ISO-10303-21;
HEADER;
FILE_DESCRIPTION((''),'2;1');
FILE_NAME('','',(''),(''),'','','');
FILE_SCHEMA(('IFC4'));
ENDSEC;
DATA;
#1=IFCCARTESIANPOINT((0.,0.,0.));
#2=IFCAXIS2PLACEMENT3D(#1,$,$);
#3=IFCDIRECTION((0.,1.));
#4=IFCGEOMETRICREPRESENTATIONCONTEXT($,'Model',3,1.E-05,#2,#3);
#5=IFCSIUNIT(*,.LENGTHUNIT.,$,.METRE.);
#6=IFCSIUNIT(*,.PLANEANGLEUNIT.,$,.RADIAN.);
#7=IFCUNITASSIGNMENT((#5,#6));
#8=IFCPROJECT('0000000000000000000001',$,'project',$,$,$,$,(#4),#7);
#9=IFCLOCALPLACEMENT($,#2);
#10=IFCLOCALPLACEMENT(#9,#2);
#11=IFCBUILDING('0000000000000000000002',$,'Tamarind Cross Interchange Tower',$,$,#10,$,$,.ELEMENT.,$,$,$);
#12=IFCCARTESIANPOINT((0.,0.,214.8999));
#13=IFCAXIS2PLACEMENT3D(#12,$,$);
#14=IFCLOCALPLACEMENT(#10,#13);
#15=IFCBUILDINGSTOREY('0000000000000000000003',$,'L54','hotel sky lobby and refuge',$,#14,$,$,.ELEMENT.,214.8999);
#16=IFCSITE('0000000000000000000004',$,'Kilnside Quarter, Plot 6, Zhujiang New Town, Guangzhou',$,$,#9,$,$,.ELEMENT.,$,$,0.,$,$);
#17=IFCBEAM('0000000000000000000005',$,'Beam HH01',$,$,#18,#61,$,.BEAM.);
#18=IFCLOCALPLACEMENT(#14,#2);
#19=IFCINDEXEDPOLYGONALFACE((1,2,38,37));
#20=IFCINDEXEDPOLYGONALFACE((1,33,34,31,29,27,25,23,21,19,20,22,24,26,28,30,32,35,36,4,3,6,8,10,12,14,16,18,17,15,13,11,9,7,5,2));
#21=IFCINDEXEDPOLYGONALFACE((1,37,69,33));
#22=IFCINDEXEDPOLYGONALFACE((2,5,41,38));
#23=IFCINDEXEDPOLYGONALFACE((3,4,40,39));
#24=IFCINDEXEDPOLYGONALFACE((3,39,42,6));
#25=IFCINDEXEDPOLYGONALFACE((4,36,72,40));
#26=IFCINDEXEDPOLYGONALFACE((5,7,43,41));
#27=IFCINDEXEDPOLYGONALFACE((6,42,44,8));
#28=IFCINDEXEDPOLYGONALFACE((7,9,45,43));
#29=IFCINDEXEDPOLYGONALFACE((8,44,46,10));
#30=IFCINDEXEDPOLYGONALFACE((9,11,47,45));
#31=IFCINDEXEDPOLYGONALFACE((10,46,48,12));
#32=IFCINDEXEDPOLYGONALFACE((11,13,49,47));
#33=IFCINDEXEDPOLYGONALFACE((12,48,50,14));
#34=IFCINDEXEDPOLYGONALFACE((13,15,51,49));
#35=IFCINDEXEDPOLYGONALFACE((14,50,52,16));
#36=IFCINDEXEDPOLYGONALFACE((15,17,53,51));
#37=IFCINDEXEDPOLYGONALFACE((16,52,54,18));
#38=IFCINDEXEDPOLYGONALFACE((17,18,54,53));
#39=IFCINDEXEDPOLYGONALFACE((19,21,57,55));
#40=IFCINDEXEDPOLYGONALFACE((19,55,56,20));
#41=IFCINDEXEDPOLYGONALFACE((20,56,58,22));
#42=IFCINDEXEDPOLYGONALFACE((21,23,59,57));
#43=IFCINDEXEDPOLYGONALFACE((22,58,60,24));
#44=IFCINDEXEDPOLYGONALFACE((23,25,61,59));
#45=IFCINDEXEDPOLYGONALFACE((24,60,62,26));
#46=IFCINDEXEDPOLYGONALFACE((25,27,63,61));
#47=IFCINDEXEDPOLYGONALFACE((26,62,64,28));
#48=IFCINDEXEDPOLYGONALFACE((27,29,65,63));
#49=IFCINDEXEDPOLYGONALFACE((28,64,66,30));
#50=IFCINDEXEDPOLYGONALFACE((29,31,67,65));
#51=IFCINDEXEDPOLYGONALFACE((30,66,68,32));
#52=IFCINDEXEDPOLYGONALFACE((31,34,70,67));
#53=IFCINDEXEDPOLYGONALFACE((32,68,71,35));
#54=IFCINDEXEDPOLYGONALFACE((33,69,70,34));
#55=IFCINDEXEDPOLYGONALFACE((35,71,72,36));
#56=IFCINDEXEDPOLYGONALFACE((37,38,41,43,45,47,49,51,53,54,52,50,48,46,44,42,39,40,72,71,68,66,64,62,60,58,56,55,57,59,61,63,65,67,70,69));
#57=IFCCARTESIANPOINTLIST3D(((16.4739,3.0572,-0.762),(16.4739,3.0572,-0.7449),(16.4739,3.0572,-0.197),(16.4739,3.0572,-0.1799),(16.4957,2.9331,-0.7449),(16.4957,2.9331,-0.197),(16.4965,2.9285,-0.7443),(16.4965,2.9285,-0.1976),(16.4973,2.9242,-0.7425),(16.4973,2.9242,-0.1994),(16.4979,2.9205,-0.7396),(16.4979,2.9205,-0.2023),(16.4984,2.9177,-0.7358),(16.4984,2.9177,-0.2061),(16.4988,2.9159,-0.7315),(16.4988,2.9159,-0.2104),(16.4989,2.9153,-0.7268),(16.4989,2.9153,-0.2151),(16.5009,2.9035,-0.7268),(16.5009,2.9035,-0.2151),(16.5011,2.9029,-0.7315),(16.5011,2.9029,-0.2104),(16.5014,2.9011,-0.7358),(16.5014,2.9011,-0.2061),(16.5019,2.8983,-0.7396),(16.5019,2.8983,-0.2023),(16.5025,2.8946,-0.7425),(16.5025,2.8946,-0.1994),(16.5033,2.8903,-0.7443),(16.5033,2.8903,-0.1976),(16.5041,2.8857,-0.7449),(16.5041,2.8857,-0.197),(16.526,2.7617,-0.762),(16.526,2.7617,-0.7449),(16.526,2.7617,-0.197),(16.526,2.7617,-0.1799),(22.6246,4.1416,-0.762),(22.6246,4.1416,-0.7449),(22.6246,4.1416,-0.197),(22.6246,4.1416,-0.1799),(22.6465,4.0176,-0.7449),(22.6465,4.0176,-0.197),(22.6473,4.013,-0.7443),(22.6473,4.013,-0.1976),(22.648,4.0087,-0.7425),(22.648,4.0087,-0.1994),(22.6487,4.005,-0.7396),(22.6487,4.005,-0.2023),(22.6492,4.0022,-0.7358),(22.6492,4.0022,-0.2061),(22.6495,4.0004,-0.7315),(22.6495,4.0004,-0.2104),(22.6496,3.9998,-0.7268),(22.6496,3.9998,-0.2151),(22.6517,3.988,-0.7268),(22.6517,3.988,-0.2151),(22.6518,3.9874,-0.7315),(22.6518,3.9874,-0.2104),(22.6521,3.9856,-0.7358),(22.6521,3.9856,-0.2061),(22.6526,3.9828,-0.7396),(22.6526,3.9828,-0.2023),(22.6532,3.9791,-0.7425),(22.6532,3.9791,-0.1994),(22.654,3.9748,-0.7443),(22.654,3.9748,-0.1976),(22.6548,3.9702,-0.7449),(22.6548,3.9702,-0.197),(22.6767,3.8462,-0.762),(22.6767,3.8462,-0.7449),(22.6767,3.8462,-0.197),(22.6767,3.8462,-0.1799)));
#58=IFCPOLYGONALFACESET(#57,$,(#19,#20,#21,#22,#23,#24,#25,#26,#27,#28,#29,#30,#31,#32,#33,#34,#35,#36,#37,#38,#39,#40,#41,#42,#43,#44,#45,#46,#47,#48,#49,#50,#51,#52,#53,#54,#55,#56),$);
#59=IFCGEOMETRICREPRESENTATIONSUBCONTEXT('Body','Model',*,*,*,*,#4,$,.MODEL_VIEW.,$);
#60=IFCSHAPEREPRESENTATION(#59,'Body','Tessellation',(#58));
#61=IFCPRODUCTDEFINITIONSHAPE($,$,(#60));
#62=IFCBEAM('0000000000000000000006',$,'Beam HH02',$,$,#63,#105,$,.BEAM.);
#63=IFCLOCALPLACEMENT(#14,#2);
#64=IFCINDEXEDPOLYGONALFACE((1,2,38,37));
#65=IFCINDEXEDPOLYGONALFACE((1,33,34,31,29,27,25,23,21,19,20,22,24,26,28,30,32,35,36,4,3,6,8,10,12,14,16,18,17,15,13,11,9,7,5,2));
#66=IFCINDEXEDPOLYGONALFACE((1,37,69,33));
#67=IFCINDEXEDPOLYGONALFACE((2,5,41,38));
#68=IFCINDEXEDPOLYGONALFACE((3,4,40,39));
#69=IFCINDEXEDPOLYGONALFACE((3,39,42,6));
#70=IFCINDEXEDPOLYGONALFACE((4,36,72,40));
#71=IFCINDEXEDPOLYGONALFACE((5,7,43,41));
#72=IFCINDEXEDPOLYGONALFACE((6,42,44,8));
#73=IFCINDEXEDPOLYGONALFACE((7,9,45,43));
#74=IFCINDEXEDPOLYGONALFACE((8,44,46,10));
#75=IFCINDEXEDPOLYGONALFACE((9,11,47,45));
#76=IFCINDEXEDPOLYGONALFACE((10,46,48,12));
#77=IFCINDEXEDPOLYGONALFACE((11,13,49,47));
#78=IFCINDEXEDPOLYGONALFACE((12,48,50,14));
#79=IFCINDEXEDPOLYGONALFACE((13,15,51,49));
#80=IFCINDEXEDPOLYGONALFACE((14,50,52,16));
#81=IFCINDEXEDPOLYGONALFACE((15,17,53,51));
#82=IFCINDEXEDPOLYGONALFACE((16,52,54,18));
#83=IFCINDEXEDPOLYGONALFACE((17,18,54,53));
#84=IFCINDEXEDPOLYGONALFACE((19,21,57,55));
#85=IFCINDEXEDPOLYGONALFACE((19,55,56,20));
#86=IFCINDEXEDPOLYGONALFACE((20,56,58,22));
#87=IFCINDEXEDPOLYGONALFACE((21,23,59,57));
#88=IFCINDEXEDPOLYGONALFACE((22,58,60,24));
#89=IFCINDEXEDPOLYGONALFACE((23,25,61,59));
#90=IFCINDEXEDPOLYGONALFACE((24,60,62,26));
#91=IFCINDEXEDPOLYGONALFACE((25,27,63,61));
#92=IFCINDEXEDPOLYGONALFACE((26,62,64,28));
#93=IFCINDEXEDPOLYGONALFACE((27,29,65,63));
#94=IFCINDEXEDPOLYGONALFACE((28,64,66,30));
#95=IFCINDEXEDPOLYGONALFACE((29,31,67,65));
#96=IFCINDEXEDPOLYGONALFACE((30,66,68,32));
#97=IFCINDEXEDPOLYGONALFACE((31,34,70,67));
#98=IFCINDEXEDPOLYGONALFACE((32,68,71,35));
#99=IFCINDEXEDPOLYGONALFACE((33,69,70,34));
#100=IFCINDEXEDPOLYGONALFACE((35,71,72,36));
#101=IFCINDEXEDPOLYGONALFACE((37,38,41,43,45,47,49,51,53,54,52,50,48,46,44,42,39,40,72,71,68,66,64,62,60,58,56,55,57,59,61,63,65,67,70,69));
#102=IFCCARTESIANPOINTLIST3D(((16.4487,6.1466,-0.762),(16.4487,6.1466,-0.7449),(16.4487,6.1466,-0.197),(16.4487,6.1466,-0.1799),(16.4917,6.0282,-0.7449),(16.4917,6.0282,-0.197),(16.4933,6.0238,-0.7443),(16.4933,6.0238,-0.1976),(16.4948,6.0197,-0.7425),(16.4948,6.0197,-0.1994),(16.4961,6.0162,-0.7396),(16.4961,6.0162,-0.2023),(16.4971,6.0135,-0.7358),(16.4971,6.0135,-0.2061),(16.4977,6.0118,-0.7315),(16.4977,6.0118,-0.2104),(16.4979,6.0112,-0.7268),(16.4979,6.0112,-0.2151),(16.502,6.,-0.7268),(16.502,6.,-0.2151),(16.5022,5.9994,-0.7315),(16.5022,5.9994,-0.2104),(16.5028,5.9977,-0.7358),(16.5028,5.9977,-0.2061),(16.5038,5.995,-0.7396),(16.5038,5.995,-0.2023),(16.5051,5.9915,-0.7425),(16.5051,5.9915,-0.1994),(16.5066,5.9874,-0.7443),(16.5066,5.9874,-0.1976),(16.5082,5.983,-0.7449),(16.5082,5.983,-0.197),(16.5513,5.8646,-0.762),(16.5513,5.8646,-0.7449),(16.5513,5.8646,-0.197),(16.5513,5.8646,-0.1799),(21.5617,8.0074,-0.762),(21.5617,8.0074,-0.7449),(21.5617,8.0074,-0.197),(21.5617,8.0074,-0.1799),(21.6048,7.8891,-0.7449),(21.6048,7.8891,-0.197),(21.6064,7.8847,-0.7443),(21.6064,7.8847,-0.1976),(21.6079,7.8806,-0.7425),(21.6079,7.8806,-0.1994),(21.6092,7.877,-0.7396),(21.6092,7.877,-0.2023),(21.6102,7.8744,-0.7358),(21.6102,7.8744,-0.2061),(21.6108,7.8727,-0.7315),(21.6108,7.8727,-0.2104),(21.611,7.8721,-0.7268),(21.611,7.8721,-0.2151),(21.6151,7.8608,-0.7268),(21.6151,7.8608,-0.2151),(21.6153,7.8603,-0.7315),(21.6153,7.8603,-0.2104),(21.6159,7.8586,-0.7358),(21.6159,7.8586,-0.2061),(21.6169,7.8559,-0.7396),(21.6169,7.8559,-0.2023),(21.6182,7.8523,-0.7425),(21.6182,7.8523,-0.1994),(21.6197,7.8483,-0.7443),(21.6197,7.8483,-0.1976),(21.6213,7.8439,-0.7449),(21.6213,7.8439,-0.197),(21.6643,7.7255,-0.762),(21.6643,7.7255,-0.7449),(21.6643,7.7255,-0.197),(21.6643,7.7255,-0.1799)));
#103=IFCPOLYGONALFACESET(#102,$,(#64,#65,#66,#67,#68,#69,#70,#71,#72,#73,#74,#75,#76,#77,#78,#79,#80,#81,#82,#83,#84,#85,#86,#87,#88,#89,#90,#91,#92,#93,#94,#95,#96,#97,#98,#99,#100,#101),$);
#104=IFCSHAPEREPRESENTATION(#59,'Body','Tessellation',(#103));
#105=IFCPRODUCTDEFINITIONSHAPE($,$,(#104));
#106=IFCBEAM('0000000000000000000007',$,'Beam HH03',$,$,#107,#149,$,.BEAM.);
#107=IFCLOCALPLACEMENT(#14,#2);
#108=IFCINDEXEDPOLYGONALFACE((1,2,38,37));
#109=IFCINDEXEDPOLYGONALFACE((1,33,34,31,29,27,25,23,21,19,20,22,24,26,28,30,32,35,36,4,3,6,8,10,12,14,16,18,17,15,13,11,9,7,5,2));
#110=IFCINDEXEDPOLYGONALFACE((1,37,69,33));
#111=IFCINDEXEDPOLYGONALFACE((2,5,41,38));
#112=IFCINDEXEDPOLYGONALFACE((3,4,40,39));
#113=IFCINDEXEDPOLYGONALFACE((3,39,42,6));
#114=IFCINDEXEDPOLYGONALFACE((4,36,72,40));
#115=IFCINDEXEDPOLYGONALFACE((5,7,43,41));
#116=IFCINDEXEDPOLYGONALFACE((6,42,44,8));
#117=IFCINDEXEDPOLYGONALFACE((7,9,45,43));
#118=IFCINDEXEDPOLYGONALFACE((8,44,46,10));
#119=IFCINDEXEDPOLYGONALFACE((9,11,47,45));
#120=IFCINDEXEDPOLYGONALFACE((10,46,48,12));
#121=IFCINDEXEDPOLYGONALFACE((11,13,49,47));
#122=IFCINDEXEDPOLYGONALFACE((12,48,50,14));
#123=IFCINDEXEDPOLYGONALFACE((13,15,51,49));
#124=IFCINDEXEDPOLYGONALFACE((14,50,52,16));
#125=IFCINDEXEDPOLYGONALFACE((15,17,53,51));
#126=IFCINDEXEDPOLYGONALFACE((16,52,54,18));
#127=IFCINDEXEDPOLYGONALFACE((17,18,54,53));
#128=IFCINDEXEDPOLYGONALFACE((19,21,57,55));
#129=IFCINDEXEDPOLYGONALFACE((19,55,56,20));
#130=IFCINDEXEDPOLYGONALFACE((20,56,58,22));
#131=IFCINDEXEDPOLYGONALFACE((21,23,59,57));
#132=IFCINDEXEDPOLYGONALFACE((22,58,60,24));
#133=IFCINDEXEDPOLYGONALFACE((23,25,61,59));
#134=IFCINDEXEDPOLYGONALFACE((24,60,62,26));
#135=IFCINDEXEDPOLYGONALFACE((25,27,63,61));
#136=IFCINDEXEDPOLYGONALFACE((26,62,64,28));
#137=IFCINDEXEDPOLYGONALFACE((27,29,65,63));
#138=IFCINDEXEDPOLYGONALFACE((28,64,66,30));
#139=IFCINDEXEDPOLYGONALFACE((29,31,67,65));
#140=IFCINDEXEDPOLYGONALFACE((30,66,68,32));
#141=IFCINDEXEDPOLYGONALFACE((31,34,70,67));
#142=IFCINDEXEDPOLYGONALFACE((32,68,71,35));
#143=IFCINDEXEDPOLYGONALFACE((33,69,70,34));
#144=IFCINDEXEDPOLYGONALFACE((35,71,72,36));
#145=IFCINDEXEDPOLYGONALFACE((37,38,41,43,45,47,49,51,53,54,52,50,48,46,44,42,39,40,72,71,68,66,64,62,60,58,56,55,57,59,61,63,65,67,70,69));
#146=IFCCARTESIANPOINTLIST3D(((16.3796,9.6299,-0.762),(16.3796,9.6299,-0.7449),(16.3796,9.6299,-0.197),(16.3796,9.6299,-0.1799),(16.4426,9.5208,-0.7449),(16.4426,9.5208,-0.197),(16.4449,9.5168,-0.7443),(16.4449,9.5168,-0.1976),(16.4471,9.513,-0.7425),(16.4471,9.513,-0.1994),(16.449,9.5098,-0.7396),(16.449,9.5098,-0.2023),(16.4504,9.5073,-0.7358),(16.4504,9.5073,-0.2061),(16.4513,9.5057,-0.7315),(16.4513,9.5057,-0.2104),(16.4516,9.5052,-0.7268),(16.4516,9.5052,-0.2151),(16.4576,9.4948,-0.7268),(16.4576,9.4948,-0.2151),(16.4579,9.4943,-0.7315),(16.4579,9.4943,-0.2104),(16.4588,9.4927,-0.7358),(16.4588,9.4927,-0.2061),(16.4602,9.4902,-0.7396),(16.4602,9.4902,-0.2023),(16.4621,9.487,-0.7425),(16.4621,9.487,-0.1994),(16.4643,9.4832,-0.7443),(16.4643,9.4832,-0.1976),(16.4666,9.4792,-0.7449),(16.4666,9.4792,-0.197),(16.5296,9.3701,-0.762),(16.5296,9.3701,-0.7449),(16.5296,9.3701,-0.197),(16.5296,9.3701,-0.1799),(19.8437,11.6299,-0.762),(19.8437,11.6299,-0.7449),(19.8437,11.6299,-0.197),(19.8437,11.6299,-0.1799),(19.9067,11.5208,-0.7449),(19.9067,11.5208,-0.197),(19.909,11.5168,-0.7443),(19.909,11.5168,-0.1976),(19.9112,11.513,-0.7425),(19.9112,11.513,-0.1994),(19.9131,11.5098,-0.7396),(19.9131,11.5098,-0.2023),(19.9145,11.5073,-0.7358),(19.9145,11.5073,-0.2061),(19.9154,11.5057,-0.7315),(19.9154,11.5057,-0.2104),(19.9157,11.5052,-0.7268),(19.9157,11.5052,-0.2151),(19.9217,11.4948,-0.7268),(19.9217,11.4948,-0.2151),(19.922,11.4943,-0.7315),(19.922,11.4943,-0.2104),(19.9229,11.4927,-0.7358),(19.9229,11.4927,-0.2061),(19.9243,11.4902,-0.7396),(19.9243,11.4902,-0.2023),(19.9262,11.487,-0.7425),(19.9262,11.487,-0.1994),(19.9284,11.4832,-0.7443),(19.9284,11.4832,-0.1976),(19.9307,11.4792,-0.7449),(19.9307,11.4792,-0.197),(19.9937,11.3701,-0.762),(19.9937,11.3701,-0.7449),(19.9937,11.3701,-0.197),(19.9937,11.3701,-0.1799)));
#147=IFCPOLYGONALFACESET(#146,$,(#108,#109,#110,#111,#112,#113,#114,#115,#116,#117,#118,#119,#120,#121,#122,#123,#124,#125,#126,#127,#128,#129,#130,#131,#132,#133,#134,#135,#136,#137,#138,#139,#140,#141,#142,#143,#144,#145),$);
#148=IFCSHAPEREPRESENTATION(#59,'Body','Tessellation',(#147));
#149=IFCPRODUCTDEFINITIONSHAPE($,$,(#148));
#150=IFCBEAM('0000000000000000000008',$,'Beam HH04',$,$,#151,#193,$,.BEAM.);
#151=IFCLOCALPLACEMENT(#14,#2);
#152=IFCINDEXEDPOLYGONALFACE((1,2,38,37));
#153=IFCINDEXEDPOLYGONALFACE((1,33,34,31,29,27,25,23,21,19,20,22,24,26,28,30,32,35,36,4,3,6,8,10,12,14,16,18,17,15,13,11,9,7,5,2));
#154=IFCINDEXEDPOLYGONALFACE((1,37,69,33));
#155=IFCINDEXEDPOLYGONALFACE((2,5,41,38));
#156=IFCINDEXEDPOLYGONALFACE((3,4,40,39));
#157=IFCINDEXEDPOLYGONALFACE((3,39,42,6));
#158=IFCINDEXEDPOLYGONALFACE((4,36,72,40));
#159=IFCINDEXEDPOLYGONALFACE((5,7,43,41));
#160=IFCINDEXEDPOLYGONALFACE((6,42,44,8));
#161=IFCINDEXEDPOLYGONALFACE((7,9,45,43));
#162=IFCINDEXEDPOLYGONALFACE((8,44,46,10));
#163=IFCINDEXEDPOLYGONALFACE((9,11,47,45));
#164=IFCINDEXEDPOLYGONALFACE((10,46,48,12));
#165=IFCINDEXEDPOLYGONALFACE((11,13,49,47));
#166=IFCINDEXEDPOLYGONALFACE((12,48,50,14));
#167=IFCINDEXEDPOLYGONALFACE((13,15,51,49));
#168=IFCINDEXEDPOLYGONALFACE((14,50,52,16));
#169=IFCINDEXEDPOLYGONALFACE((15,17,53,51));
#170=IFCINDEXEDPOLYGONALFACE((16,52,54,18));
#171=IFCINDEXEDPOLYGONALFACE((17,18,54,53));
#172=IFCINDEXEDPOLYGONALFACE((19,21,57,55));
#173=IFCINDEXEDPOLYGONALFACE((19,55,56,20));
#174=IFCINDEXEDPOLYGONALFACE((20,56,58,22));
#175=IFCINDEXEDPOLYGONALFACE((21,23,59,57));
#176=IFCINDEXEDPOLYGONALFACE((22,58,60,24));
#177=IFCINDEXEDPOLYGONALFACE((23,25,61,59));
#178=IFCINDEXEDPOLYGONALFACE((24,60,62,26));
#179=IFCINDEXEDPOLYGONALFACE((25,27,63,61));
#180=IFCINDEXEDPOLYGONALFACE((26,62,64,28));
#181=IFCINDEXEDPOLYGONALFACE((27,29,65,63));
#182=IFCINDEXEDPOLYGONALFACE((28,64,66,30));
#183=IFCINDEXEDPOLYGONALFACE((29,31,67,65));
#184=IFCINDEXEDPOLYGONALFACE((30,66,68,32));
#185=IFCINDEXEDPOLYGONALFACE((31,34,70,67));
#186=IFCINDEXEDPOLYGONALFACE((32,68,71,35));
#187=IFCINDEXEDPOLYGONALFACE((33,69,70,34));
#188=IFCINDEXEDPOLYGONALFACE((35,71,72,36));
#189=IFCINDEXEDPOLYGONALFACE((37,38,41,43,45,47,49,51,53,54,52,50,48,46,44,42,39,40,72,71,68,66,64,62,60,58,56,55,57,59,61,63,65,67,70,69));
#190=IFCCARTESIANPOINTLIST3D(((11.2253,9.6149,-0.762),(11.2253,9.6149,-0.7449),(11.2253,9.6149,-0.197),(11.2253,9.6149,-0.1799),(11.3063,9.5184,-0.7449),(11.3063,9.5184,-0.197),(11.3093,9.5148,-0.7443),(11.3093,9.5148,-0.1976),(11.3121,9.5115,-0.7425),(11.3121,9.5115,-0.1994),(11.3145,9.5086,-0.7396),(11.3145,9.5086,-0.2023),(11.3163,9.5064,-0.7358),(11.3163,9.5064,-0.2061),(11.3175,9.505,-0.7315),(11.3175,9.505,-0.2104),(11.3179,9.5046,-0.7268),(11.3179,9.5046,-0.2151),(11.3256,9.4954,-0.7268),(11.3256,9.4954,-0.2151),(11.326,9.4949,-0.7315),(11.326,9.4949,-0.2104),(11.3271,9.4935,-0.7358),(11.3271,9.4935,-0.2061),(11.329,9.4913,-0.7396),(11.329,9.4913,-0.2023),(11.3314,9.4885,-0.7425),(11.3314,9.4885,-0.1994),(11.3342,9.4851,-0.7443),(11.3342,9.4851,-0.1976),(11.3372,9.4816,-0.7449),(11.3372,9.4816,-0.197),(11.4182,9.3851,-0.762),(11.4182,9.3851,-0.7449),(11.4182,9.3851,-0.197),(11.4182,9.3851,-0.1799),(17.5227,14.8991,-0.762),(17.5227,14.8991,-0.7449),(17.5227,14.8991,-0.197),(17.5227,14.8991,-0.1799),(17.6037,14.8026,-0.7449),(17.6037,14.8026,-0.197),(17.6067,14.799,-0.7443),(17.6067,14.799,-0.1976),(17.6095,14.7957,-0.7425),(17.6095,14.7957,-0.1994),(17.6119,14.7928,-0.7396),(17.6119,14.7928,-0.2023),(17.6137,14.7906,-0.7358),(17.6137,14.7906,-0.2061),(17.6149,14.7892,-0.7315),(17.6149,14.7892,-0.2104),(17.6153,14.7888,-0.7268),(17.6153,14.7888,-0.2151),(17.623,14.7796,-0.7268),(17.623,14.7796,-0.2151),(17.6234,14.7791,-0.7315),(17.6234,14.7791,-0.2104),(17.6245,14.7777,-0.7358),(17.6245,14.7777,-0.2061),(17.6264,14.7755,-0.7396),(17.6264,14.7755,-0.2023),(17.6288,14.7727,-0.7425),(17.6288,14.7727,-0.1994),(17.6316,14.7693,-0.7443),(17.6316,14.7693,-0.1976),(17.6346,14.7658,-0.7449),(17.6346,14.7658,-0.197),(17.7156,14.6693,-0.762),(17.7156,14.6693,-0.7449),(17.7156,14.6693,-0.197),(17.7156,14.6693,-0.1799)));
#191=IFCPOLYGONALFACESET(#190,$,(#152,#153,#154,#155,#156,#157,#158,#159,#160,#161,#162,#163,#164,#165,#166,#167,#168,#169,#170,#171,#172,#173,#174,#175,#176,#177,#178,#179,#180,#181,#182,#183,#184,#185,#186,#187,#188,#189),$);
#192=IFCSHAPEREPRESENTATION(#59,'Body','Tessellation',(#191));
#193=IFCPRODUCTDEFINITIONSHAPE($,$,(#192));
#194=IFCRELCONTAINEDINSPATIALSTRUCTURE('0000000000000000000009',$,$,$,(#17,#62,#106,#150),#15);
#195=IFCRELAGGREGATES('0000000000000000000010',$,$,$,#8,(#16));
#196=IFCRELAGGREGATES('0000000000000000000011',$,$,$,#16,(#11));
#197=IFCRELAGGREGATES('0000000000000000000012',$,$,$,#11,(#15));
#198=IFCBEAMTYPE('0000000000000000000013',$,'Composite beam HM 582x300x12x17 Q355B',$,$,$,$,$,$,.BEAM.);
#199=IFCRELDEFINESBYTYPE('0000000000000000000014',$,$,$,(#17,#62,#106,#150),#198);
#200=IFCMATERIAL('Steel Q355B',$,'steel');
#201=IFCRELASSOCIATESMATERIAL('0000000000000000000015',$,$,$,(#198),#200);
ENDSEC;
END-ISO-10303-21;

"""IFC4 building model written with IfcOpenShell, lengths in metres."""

from ifc_helpers import new_model, si_unit, direction, frame, origin, origin_2d, place, context, subcontext, project, spatial, i_section, extrude, material, material_profile, profile_set, type_object, element, save


model = new_model("IFC4")

# Units and contexts
model_context = context("Model", 3, precision=1e-05, world=origin(), true_north=direction((0.0, 1.0)))
body_context = subcontext(model_context, "Body", "Model", "MODEL_VIEW")
ifc_project = project(units=[si_unit("LENGTHUNIT", "METRE"), si_unit("PLANEANGLEUNIT", "RADIAN")], contexts=[model_context])

# Site, building, storey
site_placement = place(None, origin())
site = spatial("IfcSite", under=ifc_project, at=site_placement, Name="Kilnside Quarter, Plot 6, Zhujiang New Town, Guangzhou", CompositionType="ELEMENT", RefElevation=0.0)
building_placement = place(site_placement, origin())
building = spatial("IfcBuilding", under=site, at=building_placement, Name="Tamarind Cross Interchange Tower", CompositionType="ELEMENT")
storey_placement = place(building_placement, frame((0.0, 0.0, 214.8999)))
storey = spatial("IfcBuildingStorey", under=building, at=storey_placement, Name="L54", Description="hotel sky lobby and refuge", CompositionType="ELEMENT", Elevation=214.8999)

# Beams
ifc_material_1 = material(Name="Steel Q355B", Category="steel")
ifc_material_profile_1 = material_profile(ifc_material_1, i_section(OverallWidth=0.3, OverallDepth=0.582, WebThickness=0.012, FlangeThickness=0.0171, FilletRadius=0.0181, at=origin_2d()), Name="HM 582x300x12x17")
ifc_profile_set_1 = profile_set([ifc_material_profile_1], Name="Steel Q355B")
beam_type = type_object("IfcBeamType", Name="Composite beam HM 582x300x12x17 Q355B", PredefinedType="BEAM", material=ifc_profile_set_1)
beam_1_placement = place(storey_placement, frame((22.6506, 3.9939, -0.4709), z_axis=(-0.984809, -0.17364, 0.0), x_axis=(0.17364, -0.984809, 0.0)))
element("IfcBeam", 1, at=beam_1_placement, inside=storey, type_object=beam_type, Name="Beam HH01", PredefinedType="BEAM", context=body_context, shape_type="SweptSolid", body=[
    extrude(i_section(OverallWidth=0.3, OverallDepth=0.582, WebThickness=0.012, FlangeThickness=0.0171, FilletRadius=0.0181, at=origin_2d()), origin(), (0.0, 0.0, 1.0), 6.2456),
])
beam_2_placement = place(storey_placement, frame((21.613, 7.8665, -0.4709), z_axis=(-0.939702, -0.341995, 0.0), x_axis=(0.341995, -0.939702, 0.0)))
element("IfcBeam", 2, at=beam_2_placement, inside=storey, type_object=beam_type, Name="Beam HH02", PredefinedType="BEAM", context=body_context, shape_type="SweptSolid", body=[
    extrude(i_section(OverallWidth=0.3, OverallDepth=0.582, WebThickness=0.012, FlangeThickness=0.0171, FilletRadius=0.0181, at=origin_2d()), origin(), (0.0, 0.0, 1.0), 5.4412),
])
beam_3_placement = place(storey_placement, frame((19.9187, 11.5, -0.4709), z_axis=(-0.866026, -0.499999, 0.0), x_axis=(0.499999, -0.866026, 0.0)))
element("IfcBeam", 3, at=beam_3_placement, inside=storey, type_object=beam_type, Name="Beam HH03", PredefinedType="BEAM", context=body_context, shape_type="SweptSolid", body=[
    extrude(i_section(OverallWidth=0.3, OverallDepth=0.582, WebThickness=0.012, FlangeThickness=0.0171, FilletRadius=0.0181, at=origin_2d()), origin(), (0.0, 0.0, 1.0), 4.0),
])
beam_4_placement = place(storey_placement, frame((17.6191, 14.7842, -0.4709), z_axis=(-0.766041, -0.642792, 0.0), x_axis=(0.642792, -0.766041, 0.0)))
element("IfcBeam", 4, at=beam_4_placement, inside=storey, type_object=beam_type, Name="Beam HH04", PredefinedType="BEAM", context=body_context, shape_type="SweptSolid", body=[
    extrude(i_section(OverallWidth=0.3, OverallDepth=0.582, WebThickness=0.012, FlangeThickness=0.0171, FilletRadius=0.0181, at=origin_2d()), origin(), (0.0, 0.0, 1.0), 8.2207),
])

save(model, "model.ifc")
